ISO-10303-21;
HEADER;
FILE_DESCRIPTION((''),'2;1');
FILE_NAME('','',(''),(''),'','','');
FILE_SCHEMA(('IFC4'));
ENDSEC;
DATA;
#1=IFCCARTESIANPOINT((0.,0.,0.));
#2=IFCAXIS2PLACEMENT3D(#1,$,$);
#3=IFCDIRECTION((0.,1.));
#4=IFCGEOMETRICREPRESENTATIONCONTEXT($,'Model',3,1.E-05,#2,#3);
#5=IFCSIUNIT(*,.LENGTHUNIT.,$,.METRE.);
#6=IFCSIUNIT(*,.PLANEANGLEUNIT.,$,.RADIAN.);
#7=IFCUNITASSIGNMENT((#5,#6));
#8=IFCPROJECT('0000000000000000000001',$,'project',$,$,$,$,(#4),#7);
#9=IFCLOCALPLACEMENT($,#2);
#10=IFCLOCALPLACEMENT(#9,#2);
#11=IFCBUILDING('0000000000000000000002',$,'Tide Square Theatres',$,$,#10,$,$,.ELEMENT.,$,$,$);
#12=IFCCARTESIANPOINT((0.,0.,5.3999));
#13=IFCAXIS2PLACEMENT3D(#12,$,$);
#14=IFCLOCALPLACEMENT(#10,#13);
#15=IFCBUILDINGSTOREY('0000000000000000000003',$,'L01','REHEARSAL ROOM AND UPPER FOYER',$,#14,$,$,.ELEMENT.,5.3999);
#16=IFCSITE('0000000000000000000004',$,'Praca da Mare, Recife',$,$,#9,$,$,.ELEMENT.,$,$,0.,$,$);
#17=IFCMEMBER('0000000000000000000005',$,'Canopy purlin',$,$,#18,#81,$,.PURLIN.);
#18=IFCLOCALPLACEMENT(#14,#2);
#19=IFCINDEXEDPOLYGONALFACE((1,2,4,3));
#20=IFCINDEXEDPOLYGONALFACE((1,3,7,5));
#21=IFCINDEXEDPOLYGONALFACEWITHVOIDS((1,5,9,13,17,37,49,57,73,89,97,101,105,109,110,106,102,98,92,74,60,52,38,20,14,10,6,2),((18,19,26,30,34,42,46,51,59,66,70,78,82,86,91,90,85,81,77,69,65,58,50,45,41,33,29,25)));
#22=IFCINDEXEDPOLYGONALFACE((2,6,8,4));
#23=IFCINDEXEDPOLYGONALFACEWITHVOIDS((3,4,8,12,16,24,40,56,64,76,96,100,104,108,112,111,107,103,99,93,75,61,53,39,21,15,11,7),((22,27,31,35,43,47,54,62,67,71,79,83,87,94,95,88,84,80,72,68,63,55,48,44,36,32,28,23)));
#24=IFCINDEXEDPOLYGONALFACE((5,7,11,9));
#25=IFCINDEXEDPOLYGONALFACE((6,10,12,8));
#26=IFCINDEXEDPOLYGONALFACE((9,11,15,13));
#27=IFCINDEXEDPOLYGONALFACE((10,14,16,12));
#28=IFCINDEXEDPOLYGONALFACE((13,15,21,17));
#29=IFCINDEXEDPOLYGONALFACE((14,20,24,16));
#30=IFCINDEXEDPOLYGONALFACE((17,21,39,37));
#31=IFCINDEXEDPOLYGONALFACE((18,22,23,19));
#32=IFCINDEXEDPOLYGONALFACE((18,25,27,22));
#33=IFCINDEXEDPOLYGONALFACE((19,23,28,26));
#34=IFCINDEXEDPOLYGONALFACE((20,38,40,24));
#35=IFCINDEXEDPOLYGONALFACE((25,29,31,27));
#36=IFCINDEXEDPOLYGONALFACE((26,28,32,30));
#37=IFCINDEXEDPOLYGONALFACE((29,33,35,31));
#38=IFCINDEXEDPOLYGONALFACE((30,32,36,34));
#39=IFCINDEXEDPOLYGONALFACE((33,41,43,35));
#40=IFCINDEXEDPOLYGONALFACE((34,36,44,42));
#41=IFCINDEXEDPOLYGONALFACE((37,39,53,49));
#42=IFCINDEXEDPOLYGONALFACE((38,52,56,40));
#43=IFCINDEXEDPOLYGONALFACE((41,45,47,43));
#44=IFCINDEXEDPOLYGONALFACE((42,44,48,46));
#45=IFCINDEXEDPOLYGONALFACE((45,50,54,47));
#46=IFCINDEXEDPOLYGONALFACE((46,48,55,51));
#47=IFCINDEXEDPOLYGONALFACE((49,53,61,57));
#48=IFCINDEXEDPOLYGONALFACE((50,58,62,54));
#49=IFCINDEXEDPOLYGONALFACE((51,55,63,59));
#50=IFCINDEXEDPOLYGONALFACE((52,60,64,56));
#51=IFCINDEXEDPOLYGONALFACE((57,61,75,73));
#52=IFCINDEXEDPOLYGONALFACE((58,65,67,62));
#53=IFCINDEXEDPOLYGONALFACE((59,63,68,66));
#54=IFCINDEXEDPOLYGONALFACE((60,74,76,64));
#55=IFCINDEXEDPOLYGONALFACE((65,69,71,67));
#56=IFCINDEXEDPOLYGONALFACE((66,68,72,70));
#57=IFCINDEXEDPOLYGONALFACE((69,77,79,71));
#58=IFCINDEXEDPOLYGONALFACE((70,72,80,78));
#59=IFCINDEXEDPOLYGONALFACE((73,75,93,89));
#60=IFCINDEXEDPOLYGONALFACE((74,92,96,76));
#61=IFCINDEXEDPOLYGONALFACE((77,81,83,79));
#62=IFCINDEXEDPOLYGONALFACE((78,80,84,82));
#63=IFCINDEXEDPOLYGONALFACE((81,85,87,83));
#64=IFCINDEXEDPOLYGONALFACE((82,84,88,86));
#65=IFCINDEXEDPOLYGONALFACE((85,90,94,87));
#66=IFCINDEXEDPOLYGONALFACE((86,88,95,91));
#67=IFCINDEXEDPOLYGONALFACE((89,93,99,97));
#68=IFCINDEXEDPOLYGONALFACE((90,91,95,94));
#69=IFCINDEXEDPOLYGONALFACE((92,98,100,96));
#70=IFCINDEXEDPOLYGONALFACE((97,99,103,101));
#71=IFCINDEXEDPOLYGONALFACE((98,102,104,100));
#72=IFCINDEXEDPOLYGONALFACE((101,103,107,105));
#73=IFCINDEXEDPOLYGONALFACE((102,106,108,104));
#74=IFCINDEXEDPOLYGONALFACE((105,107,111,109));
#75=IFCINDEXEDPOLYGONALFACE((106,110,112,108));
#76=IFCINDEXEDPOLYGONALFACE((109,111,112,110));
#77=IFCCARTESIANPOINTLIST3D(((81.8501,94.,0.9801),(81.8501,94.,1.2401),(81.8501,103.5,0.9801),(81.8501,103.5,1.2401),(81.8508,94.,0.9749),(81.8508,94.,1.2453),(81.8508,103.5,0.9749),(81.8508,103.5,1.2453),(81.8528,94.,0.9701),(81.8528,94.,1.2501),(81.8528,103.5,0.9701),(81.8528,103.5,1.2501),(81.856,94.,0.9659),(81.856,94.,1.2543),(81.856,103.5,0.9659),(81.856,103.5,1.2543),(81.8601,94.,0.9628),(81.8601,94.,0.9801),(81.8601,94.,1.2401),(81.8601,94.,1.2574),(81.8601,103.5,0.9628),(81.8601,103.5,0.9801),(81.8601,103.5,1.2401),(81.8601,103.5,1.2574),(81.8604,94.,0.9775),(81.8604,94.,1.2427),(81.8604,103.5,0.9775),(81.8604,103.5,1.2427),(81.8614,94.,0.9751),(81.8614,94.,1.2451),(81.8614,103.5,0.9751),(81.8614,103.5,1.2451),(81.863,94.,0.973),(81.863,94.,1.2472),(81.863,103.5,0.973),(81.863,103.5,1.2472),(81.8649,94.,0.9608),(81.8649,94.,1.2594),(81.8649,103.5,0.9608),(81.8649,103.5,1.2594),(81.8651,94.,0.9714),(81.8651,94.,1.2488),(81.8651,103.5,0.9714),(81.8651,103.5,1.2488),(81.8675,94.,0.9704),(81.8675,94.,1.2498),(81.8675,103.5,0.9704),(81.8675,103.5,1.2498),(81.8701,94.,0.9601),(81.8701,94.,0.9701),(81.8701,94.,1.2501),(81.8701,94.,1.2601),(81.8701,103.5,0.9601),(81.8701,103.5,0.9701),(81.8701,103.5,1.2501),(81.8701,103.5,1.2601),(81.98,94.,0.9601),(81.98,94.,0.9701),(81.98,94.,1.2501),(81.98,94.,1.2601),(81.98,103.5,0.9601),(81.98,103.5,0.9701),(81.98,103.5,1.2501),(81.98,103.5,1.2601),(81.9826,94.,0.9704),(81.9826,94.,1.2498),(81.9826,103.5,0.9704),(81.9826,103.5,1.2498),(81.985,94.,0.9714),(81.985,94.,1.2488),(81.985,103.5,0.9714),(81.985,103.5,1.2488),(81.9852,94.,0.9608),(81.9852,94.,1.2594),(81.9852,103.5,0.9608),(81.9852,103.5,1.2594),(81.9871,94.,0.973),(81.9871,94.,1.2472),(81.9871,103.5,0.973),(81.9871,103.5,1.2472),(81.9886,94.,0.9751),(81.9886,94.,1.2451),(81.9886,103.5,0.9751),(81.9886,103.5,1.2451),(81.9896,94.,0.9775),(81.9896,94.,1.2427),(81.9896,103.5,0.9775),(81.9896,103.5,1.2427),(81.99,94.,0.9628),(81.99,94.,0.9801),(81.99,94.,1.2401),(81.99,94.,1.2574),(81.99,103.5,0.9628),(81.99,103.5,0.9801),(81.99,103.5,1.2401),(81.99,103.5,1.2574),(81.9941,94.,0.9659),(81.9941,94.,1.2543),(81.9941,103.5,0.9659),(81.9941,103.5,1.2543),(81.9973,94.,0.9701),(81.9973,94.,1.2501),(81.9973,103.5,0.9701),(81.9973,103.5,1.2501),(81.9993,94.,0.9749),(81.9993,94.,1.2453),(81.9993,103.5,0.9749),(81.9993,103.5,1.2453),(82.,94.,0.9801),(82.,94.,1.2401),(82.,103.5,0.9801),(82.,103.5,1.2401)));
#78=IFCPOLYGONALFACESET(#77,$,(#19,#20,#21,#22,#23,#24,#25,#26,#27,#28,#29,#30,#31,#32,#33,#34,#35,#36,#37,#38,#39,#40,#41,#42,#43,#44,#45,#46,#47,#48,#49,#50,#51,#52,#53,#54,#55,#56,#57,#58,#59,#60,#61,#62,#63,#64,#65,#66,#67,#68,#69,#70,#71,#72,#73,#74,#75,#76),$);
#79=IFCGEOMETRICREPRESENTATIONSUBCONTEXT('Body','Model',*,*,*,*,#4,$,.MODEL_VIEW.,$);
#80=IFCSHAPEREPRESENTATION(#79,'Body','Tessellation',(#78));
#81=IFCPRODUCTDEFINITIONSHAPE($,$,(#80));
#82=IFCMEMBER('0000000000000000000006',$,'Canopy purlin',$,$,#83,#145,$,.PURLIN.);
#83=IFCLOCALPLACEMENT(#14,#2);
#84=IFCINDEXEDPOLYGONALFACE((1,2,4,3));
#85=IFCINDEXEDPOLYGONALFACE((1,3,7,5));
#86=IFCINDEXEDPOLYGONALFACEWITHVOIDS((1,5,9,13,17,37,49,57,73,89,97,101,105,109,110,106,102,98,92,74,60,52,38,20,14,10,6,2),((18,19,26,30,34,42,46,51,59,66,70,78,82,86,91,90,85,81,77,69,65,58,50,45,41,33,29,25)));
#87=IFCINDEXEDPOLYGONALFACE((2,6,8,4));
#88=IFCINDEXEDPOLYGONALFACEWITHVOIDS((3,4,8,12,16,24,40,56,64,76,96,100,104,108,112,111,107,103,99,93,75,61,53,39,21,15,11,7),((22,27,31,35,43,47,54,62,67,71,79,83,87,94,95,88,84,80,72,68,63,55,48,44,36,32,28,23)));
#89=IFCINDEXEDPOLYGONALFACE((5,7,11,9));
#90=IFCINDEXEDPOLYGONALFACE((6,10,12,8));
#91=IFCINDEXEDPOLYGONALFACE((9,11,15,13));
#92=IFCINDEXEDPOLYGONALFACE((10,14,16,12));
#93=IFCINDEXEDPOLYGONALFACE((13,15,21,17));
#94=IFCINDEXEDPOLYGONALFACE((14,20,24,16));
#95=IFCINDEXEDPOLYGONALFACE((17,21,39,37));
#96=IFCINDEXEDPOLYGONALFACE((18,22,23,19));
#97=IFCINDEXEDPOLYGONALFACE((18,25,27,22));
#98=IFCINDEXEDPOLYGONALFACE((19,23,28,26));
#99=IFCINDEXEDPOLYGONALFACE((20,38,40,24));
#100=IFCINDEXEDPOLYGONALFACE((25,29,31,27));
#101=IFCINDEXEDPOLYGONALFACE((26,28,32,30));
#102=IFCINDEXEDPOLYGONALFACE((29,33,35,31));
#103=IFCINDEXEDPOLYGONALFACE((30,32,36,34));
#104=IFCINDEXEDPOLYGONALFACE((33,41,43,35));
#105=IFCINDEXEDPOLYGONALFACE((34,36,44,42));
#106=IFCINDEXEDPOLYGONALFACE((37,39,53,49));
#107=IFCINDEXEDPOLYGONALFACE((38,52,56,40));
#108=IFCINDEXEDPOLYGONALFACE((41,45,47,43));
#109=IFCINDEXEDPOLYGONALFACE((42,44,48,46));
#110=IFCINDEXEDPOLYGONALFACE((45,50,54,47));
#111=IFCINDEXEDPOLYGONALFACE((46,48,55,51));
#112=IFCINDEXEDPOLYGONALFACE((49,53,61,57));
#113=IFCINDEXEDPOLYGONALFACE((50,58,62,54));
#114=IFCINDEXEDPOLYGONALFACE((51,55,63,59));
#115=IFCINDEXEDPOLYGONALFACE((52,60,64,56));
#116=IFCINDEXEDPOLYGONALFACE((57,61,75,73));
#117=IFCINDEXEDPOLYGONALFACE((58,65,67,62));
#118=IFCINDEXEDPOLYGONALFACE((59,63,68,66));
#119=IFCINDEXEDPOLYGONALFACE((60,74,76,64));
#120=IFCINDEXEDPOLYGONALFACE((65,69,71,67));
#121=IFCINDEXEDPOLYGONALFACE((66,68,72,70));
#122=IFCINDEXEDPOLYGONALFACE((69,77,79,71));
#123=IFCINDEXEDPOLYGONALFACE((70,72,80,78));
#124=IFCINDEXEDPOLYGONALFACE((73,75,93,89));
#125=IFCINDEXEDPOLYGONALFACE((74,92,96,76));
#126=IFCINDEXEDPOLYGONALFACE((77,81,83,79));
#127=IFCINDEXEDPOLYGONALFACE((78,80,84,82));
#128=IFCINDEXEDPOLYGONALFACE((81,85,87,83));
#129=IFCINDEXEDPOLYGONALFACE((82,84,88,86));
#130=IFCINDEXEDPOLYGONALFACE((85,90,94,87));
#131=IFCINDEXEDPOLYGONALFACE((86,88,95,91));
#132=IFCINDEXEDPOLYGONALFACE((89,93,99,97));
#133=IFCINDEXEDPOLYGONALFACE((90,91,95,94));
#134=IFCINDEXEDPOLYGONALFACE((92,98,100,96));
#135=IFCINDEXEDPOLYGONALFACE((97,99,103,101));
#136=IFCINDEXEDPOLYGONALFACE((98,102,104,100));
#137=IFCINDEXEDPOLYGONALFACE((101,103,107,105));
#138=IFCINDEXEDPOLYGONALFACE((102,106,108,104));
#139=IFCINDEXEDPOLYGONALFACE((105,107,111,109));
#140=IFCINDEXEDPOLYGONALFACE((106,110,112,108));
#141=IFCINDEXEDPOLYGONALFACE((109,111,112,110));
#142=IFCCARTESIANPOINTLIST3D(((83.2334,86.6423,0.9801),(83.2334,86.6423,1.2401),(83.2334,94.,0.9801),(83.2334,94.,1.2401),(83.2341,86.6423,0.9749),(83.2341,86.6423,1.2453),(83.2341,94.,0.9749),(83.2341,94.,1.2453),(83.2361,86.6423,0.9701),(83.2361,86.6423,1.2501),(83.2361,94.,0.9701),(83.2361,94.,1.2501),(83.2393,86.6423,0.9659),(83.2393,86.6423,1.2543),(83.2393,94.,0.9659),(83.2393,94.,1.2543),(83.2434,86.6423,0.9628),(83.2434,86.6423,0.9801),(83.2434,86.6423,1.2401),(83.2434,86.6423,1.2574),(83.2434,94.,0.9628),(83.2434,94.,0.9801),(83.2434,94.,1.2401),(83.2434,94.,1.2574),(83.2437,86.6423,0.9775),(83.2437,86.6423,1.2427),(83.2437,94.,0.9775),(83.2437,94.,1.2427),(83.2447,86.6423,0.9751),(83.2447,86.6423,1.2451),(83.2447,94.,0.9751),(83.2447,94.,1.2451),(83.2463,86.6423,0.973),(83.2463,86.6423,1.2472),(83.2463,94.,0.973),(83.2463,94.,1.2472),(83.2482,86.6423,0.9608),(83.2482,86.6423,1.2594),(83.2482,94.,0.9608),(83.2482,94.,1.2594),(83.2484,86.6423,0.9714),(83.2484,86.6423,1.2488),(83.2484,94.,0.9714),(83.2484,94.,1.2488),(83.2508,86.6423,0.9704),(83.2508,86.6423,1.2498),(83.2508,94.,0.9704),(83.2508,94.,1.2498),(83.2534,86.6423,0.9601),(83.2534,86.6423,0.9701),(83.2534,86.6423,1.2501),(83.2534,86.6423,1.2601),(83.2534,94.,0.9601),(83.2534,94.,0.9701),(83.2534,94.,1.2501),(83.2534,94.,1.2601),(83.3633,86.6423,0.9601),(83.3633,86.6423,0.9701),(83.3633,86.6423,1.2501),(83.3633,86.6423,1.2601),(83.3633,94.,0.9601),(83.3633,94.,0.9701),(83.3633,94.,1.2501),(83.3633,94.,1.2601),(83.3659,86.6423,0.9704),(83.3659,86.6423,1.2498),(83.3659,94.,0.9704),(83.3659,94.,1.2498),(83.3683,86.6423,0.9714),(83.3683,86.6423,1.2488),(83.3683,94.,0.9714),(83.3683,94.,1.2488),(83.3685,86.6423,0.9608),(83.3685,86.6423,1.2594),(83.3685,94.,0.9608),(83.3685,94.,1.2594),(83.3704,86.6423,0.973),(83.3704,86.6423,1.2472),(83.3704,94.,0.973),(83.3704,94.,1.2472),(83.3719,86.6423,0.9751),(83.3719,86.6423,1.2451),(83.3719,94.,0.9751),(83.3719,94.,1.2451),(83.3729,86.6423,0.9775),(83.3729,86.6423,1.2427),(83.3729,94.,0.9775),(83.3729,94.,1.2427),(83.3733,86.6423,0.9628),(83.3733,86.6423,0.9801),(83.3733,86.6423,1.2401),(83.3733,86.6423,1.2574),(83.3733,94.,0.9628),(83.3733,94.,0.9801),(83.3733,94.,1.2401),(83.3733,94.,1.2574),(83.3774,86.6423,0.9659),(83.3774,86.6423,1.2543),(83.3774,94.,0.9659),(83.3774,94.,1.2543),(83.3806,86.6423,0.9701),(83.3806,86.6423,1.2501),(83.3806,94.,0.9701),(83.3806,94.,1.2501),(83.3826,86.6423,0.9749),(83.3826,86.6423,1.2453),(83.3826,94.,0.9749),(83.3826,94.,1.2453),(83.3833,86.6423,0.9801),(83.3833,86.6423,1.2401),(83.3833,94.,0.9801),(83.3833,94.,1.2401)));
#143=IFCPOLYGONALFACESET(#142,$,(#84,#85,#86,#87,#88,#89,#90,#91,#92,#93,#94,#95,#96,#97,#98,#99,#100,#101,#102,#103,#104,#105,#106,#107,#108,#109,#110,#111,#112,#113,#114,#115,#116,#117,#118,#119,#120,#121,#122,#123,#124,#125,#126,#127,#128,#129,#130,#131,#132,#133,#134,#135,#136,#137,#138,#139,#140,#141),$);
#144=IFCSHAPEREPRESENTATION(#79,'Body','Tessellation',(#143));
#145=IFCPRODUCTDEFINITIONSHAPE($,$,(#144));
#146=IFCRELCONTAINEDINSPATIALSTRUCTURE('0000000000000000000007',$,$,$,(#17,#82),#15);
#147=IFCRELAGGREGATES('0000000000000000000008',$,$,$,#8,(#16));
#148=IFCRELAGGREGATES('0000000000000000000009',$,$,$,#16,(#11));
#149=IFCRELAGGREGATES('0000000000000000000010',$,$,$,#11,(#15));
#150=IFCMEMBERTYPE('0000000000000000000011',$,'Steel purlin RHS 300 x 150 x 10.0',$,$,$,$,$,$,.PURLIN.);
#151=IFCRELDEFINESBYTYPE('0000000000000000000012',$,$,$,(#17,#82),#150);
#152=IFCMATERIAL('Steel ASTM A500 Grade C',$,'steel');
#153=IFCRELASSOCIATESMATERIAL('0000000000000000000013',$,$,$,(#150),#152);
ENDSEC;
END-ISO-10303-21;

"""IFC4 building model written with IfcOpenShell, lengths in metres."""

from ifc_helpers import new_model, si_unit, direction, frame, origin, origin_2d, place, context, subcontext, project, spatial, hollow_rectangle, extrude, material, material_profile, profile_set, type_object, element, save


model = new_model("IFC4")

# Units and contexts
model_context = context("Model", 3, precision=1e-05, world=origin(), true_north=direction((0.0, 1.0)))
body_context = subcontext(model_context, "Body", "Model", "MODEL_VIEW")
ifc_project = project(units=[si_unit("LENGTHUNIT", "METRE"), si_unit("PLANEANGLEUNIT", "RADIAN")], contexts=[model_context])

# Site, building, storey
site_placement = place(None, origin())
site = spatial("IfcSite", under=ifc_project, at=site_placement, Name="Praca da Mare, Recife", CompositionType="ELEMENT", RefElevation=0.0)
building_placement = place(site_placement, origin())
building = spatial("IfcBuilding", under=site, at=building_placement, Name="Tide Square Theatres", CompositionType="ELEMENT")
storey_placement = place(building_placement, frame((0.0, 0.0, 5.3999)))
storey = spatial("IfcBuildingStorey", under=building, at=storey_placement, Name="L01", Description="REHEARSAL ROOM AND UPPER FOYER", CompositionType="ELEMENT", Elevation=5.3999)

# Members
ifc_material_1 = material(Name="Steel ASTM A500 Grade C", Category="steel")
ifc_material_profile_1 = material_profile(ifc_material_1, hollow_rectangle(XDim=0.1499, YDim=0.3, WallThickness=0.01, InnerFilletRadius=0.01, OuterFilletRadius=0.02, at=origin_2d()))
ifc_profile_set_1 = profile_set([ifc_material_profile_1], Name="Steel ASTM A500 Grade C")
member_type = type_object("IfcMemberType", Name="Steel purlin RHS 300 x 150 x 10.0", PredefinedType="PURLIN", material=ifc_profile_set_1)
member_1_placement = place(storey_placement, frame((81.925, 94.0, 1.1101), z_axis=(0.0, 1.0, 0.0), x_axis=(-1.0, 0.0, 0.0)))
element("IfcMember", 1, at=member_1_placement, inside=storey, type_object=member_type, Name="Canopy purlin", PredefinedType="PURLIN", context=body_context, shape_type="SweptSolid", body=[
    extrude(hollow_rectangle(XDim=0.1499, YDim=0.3, WallThickness=0.01, InnerFilletRadius=0.01, OuterFilletRadius=0.02, at=origin_2d()), origin(), (0.0, 0.0, 1.0), 9.5),
])
member_2_placement = place(storey_placement, frame((83.3083, 86.6423, 1.1101), z_axis=(0.0, 1.0, 0.0), x_axis=(-1.0, 0.0, 0.0)))
element("IfcMember", 2, at=member_2_placement, inside=storey, type_object=member_type, Name="Canopy purlin", PredefinedType="PURLIN", context=body_context, shape_type="SweptSolid", body=[
    extrude(hollow_rectangle(XDim=0.1499, YDim=0.3, WallThickness=0.01, InnerFilletRadius=0.01, OuterFilletRadius=0.02, at=origin_2d()), origin(), (0.0, 0.0, 1.0), 7.3577),
])

save(model, "model.ifc")
